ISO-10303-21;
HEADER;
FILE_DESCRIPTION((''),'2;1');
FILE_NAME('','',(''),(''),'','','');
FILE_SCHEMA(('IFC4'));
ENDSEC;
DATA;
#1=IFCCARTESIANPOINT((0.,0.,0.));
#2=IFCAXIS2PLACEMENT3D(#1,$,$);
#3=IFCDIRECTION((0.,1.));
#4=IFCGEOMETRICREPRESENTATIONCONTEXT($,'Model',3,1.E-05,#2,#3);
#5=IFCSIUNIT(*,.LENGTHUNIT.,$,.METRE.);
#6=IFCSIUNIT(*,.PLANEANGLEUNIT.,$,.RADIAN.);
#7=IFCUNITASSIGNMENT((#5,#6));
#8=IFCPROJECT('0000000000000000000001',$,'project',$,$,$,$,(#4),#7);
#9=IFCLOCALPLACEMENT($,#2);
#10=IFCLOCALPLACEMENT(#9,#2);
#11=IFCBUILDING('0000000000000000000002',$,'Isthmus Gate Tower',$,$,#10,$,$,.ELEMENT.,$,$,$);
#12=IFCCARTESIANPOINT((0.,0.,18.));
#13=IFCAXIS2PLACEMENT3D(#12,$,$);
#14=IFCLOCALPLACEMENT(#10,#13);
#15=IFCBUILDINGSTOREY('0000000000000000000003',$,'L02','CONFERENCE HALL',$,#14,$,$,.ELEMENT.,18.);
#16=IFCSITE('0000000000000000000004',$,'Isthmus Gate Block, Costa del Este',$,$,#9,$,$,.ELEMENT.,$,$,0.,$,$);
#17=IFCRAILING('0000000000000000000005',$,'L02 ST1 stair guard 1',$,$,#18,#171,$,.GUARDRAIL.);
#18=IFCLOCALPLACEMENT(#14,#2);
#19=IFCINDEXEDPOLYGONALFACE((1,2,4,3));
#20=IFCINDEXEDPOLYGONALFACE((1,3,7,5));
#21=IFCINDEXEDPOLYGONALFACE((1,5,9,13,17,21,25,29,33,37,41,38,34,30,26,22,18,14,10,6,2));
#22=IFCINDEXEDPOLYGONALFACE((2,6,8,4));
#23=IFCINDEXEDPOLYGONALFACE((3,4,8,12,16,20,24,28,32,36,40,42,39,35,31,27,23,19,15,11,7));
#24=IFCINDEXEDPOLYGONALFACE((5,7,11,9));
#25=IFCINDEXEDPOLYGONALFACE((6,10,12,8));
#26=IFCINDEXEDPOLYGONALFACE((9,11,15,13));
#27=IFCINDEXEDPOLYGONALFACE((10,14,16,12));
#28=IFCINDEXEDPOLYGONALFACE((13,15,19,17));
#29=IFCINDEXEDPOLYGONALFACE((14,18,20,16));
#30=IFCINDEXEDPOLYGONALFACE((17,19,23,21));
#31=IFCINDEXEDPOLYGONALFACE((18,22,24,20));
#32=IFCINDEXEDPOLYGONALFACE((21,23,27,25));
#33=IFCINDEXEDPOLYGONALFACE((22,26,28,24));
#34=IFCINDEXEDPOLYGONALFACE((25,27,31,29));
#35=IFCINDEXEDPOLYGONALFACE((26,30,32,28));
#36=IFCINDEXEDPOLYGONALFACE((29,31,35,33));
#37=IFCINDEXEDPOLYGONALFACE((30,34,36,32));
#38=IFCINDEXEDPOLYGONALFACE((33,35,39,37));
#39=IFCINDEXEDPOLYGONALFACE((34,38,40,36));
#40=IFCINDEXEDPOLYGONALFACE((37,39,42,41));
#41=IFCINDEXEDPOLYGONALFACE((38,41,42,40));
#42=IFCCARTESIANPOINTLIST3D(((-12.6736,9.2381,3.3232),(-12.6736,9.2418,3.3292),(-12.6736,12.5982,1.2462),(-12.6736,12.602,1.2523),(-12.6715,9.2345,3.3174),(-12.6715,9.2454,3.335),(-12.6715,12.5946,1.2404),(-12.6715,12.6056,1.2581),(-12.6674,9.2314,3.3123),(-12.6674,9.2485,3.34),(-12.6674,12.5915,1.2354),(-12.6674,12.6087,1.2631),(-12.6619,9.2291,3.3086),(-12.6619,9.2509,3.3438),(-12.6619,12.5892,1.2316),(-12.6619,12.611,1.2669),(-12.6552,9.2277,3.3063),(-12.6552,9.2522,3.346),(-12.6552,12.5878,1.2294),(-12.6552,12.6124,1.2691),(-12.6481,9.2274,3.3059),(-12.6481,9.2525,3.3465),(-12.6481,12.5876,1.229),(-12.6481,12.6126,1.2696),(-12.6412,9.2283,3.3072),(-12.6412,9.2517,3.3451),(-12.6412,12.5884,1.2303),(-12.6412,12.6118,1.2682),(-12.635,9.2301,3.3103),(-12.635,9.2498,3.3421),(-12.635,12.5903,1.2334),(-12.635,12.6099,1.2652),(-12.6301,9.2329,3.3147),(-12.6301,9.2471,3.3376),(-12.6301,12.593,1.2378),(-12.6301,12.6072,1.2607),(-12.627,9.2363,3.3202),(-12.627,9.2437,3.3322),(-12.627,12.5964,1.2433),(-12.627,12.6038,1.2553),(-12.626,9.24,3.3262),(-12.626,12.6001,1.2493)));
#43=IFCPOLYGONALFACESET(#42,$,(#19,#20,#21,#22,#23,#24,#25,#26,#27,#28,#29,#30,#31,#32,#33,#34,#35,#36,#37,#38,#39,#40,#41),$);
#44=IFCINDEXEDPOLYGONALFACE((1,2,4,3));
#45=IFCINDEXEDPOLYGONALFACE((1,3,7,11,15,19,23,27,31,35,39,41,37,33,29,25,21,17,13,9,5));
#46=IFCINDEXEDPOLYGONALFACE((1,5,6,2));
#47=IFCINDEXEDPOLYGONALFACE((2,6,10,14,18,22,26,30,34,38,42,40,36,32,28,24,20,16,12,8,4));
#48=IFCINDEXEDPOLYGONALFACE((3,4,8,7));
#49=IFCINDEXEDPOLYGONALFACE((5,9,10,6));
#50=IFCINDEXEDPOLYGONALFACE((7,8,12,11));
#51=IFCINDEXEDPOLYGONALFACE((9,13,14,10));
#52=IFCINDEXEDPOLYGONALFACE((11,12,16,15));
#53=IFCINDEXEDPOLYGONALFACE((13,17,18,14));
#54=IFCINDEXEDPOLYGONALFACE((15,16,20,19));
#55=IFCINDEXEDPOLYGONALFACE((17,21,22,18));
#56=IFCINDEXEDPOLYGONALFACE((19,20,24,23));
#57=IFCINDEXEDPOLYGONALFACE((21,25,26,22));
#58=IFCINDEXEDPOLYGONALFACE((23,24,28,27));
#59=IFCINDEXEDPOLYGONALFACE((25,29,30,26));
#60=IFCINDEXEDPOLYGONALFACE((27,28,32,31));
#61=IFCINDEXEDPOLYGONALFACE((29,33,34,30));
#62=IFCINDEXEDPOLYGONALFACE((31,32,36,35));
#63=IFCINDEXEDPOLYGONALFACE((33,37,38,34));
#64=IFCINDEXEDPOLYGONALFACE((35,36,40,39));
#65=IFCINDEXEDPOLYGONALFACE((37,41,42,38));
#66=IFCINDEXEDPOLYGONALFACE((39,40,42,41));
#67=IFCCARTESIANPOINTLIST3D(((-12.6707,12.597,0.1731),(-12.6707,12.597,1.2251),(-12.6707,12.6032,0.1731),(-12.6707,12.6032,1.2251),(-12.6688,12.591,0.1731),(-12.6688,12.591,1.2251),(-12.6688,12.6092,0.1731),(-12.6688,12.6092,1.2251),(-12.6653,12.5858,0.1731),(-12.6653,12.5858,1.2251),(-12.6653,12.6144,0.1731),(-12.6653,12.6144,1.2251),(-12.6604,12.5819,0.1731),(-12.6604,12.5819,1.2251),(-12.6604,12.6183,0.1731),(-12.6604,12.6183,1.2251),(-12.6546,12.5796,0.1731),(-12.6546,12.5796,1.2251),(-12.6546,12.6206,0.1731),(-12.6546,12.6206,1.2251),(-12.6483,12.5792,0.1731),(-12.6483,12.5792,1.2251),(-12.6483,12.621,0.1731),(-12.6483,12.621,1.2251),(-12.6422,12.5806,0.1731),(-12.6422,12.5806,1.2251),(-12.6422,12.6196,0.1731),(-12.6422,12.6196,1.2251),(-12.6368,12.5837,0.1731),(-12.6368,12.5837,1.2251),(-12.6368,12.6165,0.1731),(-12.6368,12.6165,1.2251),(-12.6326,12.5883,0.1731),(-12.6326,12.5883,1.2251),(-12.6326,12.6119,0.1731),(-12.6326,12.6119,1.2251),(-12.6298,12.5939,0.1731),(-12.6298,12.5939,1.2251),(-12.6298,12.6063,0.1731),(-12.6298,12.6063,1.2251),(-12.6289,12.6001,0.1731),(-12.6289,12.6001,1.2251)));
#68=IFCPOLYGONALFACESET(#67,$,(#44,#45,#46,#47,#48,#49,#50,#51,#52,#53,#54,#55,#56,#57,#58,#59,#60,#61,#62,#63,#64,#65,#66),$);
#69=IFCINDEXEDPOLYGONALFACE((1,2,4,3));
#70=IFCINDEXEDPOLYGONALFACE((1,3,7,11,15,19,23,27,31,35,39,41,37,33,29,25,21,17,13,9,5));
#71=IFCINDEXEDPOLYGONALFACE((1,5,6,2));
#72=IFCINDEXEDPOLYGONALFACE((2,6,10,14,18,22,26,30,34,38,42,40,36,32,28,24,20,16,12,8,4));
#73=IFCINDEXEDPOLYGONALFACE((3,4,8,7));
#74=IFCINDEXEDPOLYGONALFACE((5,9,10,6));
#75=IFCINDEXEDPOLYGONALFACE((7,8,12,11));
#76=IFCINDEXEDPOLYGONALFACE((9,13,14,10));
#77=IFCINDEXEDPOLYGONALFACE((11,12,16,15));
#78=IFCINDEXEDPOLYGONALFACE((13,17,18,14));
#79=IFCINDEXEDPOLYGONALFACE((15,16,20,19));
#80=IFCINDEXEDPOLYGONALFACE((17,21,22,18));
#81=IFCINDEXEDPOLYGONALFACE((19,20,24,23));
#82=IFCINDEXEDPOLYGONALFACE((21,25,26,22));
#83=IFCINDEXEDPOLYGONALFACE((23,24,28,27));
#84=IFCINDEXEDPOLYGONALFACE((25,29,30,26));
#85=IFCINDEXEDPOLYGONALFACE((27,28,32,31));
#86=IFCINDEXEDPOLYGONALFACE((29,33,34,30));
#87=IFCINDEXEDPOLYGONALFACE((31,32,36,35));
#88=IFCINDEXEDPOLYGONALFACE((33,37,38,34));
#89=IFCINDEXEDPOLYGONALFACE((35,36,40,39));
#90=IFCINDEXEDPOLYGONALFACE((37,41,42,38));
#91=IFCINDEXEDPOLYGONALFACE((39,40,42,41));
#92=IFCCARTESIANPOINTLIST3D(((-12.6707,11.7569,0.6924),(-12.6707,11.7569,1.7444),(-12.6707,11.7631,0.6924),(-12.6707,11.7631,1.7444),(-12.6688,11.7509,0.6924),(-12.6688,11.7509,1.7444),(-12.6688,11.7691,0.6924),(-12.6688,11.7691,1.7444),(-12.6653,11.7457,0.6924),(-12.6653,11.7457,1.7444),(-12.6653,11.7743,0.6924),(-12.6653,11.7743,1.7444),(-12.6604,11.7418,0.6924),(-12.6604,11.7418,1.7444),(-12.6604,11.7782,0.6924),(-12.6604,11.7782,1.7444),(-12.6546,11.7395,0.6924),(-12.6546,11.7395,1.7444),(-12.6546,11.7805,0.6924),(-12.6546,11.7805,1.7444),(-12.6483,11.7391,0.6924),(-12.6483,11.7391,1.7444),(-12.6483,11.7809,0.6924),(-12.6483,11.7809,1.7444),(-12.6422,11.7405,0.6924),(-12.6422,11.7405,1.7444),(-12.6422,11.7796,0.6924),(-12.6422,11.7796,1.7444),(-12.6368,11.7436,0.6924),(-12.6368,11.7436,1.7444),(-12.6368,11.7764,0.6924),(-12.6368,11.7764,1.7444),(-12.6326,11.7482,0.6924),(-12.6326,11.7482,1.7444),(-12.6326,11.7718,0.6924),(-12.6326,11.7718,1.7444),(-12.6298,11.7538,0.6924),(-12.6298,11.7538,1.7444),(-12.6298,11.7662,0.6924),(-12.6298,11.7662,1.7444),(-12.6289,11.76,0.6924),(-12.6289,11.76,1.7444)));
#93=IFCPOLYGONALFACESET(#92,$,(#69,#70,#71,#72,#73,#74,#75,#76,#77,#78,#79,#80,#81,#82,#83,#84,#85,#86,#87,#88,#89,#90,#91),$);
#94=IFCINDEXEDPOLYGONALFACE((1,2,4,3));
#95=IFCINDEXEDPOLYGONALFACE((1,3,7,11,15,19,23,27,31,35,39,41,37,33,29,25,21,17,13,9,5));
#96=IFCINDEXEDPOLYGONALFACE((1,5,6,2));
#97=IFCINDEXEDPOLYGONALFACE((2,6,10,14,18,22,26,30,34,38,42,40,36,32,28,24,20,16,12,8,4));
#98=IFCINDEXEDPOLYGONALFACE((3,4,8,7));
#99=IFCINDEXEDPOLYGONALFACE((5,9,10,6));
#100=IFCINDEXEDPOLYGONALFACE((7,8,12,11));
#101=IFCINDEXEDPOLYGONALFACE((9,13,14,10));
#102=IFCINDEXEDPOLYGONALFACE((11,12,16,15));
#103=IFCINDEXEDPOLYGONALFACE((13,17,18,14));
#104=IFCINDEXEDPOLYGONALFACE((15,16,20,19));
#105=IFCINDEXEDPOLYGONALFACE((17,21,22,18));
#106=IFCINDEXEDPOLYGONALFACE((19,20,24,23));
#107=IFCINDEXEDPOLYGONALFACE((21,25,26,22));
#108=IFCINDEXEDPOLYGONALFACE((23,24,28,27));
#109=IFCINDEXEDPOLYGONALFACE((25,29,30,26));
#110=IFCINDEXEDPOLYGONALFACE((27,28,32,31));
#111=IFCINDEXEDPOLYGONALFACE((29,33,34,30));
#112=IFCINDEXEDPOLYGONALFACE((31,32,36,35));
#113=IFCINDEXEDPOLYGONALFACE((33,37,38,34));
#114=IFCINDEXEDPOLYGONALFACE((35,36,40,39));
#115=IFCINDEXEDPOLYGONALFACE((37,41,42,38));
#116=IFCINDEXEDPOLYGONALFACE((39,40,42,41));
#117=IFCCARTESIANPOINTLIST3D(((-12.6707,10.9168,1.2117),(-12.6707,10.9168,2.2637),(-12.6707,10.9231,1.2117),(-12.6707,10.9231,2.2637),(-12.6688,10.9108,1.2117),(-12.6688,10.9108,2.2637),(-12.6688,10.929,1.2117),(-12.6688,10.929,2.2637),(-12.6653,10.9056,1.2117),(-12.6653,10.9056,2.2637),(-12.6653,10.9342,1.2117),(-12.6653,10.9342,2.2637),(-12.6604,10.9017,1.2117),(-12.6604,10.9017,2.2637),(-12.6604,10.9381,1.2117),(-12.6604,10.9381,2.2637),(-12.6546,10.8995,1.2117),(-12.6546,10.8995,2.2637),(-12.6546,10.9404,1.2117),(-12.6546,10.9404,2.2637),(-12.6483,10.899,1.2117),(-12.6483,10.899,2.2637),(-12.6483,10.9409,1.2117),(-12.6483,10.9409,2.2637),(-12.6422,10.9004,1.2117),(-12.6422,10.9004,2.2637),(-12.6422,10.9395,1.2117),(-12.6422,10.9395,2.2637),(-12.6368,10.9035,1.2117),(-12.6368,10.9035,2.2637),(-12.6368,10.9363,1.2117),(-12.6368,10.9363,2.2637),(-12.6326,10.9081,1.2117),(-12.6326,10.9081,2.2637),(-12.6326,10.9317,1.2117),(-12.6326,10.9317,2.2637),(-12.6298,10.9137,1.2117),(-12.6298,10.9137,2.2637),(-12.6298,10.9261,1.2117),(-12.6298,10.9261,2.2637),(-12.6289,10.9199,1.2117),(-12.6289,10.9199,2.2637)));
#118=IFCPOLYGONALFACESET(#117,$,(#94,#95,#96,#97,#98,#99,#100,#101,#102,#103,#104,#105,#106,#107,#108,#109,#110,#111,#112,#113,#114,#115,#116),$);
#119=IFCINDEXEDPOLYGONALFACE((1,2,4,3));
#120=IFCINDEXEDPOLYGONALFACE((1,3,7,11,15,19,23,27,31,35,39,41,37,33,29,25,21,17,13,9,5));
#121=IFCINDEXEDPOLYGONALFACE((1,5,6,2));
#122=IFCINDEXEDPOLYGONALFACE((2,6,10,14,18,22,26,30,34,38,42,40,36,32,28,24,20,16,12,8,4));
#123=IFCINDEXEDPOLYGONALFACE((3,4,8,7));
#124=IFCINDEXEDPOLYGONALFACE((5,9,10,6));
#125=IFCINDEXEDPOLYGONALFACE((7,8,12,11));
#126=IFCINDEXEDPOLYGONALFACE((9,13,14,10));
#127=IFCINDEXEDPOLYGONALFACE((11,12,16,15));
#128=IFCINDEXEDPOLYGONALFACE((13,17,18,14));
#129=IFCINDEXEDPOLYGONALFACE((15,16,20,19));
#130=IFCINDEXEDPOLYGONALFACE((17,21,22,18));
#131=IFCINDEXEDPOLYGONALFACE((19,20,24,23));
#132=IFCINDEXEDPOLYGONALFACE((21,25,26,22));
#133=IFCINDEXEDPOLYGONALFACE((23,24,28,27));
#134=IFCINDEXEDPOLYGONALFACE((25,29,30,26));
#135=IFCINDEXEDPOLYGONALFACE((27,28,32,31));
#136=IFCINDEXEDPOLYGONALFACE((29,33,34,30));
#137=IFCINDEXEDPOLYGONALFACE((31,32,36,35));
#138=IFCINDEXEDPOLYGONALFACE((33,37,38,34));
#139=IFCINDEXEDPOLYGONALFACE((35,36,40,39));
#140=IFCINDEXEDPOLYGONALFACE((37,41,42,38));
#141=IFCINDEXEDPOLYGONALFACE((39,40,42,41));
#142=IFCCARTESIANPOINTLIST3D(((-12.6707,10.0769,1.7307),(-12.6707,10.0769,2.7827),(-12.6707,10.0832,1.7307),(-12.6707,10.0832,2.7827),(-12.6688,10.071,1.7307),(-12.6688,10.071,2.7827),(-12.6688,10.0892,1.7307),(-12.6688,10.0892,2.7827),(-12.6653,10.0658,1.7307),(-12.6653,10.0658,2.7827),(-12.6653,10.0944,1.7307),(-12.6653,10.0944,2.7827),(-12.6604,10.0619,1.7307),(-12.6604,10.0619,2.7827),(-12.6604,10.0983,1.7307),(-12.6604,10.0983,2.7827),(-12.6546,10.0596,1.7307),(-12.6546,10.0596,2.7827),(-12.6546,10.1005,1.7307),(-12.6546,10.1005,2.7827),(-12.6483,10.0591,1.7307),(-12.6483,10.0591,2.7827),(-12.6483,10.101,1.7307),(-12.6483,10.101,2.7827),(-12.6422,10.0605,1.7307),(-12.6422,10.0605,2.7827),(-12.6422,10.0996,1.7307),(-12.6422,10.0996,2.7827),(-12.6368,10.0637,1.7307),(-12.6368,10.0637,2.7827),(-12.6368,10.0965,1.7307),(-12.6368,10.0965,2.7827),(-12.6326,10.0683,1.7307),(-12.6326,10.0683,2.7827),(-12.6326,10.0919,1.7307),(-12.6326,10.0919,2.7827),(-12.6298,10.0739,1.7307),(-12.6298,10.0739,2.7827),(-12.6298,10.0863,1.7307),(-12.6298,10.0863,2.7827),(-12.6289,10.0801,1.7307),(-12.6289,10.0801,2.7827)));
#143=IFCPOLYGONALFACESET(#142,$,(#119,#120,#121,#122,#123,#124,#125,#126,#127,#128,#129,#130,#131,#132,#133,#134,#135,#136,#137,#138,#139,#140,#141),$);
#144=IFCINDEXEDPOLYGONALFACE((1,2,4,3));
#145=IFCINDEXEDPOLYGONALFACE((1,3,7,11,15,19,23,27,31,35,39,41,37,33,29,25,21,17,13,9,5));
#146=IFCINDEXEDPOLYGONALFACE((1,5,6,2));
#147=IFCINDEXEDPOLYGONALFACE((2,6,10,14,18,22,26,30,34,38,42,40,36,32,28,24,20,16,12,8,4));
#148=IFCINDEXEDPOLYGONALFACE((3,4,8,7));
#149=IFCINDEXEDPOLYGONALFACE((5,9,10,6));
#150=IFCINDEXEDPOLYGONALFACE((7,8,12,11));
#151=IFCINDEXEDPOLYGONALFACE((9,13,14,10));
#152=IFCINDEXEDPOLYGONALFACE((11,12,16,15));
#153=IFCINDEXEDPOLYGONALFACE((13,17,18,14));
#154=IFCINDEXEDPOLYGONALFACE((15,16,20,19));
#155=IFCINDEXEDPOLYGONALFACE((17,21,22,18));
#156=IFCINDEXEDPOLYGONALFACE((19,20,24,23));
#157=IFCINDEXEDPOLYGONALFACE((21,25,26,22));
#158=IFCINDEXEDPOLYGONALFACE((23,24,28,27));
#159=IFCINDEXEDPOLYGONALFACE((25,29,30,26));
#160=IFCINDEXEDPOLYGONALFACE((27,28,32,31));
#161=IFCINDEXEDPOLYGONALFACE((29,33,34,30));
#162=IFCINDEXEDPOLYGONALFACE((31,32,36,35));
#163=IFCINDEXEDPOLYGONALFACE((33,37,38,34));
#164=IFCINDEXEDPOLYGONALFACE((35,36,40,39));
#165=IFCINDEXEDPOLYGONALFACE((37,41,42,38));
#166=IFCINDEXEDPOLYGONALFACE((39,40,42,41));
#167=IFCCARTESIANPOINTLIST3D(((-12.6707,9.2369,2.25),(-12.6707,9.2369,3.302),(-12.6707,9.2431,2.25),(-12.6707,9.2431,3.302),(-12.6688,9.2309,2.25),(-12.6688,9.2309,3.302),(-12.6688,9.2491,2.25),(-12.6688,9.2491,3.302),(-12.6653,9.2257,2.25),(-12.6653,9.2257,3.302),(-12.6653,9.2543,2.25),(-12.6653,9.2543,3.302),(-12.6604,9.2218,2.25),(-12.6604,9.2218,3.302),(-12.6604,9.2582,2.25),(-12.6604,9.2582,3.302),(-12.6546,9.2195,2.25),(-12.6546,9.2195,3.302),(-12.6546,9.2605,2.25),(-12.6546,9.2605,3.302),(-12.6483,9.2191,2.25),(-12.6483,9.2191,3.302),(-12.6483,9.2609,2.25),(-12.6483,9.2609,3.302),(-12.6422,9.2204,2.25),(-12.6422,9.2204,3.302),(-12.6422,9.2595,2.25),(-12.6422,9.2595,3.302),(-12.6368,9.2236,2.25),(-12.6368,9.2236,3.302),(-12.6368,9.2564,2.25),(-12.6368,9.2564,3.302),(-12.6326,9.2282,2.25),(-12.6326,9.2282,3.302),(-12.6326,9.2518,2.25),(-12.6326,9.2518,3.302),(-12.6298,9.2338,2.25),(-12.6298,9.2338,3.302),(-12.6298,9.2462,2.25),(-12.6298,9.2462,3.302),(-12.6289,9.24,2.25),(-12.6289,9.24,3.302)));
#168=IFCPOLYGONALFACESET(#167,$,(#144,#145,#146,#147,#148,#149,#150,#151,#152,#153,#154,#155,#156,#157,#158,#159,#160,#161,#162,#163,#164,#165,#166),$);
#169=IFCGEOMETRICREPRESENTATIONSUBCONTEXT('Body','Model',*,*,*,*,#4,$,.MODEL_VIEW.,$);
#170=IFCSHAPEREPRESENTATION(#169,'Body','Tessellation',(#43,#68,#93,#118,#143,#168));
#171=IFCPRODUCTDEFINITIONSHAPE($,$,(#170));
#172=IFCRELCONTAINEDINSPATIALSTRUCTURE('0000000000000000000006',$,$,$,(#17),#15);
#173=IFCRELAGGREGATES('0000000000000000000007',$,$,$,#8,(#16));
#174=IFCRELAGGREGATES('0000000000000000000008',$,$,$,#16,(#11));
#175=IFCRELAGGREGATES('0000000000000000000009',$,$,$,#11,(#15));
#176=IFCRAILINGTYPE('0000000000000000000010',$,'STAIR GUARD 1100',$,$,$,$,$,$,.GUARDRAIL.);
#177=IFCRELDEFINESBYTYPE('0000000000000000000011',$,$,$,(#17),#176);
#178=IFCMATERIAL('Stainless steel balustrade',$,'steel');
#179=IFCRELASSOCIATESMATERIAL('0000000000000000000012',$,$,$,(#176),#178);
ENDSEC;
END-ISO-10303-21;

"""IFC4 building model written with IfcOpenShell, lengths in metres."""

from ifc_helpers import new_model, si_unit, direction, frame, origin, origin_2d, place, context, subcontext, project, spatial, circle, extrude, material, type_object, element, save


model = new_model("IFC4")

# Units and contexts
model_context = context("Model", 3, precision=1e-05, world=origin(), true_north=direction((0.0, 1.0)))
body_context = subcontext(model_context, "Body", "Model", "MODEL_VIEW")
ifc_project = project(units=[si_unit("LENGTHUNIT", "METRE"), si_unit("PLANEANGLEUNIT", "RADIAN")], contexts=[model_context])

# Site, building, storey
site_placement = place(None, origin())
site = spatial("IfcSite", under=ifc_project, at=site_placement, Name="Isthmus Gate Block, Costa del Este", CompositionType="ELEMENT", RefElevation=0.0)
building_placement = place(site_placement, origin())
building = spatial("IfcBuilding", under=site, at=building_placement, Name="Isthmus Gate Tower", CompositionType="ELEMENT")
storey_placement = place(building_placement, frame((0.0, 0.0, 18.0)))
storey = spatial("IfcBuildingStorey", under=building, at=storey_placement, Name="L02", Description="CONFERENCE HALL", CompositionType="ELEMENT", Elevation=18.0)

# Railing
ifc_material_1 = material(Name="Stainless steel balustrade", Category="steel")
railing_type_1 = type_object("IfcRailingType", Name="STAIR GUARD 1100", PredefinedType="GUARDRAIL", material=ifc_material_1)
railing_1_placement = place(storey_placement, frame((-12.6499, 12.6001, 0.1731)))
element("IfcRailing", 1, at=railing_1_placement, inside=storey, type_object=railing_type_1, Name="L02 ST1 stair guard 1", PredefinedType="GUARDRAIL", context=body_context, shape_type="SweptSolid", body=[
    extrude(circle(Radius=0.0239, at=origin_2d()), frame((0.0, 0.0, 1.0762), z_axis=(0.0, -0.850623, 0.525776), x_axis=(1.0, 0.0, 0.0)), (0.0, 0.0, 1.0), 3.9502),
    extrude(circle(Radius=0.021, at=origin_2d()), origin(), (0.0, 0.0, 1.0), 1.052),
    extrude(circle(Radius=0.021, at=origin_2d()), frame((0.0, -0.8401, 0.5193)), (0.0, 0.0, 1.0), 1.052),
    extrude(circle(Radius=0.021, at=origin_2d()), frame((0.0, -1.6802, 1.0386)), (0.0, 0.0, 1.0), 1.052),
    extrude(circle(Radius=0.021, at=origin_2d()), frame((0.0, -2.52, 1.5576)), (0.0, 0.0, 1.0), 1.052),
    extrude(circle(Radius=0.021, at=origin_2d()), frame((0.0, -3.3601, 2.0769)), (0.0, 0.0, 1.0), 1.052),
])

save(model, "model.ifc")
